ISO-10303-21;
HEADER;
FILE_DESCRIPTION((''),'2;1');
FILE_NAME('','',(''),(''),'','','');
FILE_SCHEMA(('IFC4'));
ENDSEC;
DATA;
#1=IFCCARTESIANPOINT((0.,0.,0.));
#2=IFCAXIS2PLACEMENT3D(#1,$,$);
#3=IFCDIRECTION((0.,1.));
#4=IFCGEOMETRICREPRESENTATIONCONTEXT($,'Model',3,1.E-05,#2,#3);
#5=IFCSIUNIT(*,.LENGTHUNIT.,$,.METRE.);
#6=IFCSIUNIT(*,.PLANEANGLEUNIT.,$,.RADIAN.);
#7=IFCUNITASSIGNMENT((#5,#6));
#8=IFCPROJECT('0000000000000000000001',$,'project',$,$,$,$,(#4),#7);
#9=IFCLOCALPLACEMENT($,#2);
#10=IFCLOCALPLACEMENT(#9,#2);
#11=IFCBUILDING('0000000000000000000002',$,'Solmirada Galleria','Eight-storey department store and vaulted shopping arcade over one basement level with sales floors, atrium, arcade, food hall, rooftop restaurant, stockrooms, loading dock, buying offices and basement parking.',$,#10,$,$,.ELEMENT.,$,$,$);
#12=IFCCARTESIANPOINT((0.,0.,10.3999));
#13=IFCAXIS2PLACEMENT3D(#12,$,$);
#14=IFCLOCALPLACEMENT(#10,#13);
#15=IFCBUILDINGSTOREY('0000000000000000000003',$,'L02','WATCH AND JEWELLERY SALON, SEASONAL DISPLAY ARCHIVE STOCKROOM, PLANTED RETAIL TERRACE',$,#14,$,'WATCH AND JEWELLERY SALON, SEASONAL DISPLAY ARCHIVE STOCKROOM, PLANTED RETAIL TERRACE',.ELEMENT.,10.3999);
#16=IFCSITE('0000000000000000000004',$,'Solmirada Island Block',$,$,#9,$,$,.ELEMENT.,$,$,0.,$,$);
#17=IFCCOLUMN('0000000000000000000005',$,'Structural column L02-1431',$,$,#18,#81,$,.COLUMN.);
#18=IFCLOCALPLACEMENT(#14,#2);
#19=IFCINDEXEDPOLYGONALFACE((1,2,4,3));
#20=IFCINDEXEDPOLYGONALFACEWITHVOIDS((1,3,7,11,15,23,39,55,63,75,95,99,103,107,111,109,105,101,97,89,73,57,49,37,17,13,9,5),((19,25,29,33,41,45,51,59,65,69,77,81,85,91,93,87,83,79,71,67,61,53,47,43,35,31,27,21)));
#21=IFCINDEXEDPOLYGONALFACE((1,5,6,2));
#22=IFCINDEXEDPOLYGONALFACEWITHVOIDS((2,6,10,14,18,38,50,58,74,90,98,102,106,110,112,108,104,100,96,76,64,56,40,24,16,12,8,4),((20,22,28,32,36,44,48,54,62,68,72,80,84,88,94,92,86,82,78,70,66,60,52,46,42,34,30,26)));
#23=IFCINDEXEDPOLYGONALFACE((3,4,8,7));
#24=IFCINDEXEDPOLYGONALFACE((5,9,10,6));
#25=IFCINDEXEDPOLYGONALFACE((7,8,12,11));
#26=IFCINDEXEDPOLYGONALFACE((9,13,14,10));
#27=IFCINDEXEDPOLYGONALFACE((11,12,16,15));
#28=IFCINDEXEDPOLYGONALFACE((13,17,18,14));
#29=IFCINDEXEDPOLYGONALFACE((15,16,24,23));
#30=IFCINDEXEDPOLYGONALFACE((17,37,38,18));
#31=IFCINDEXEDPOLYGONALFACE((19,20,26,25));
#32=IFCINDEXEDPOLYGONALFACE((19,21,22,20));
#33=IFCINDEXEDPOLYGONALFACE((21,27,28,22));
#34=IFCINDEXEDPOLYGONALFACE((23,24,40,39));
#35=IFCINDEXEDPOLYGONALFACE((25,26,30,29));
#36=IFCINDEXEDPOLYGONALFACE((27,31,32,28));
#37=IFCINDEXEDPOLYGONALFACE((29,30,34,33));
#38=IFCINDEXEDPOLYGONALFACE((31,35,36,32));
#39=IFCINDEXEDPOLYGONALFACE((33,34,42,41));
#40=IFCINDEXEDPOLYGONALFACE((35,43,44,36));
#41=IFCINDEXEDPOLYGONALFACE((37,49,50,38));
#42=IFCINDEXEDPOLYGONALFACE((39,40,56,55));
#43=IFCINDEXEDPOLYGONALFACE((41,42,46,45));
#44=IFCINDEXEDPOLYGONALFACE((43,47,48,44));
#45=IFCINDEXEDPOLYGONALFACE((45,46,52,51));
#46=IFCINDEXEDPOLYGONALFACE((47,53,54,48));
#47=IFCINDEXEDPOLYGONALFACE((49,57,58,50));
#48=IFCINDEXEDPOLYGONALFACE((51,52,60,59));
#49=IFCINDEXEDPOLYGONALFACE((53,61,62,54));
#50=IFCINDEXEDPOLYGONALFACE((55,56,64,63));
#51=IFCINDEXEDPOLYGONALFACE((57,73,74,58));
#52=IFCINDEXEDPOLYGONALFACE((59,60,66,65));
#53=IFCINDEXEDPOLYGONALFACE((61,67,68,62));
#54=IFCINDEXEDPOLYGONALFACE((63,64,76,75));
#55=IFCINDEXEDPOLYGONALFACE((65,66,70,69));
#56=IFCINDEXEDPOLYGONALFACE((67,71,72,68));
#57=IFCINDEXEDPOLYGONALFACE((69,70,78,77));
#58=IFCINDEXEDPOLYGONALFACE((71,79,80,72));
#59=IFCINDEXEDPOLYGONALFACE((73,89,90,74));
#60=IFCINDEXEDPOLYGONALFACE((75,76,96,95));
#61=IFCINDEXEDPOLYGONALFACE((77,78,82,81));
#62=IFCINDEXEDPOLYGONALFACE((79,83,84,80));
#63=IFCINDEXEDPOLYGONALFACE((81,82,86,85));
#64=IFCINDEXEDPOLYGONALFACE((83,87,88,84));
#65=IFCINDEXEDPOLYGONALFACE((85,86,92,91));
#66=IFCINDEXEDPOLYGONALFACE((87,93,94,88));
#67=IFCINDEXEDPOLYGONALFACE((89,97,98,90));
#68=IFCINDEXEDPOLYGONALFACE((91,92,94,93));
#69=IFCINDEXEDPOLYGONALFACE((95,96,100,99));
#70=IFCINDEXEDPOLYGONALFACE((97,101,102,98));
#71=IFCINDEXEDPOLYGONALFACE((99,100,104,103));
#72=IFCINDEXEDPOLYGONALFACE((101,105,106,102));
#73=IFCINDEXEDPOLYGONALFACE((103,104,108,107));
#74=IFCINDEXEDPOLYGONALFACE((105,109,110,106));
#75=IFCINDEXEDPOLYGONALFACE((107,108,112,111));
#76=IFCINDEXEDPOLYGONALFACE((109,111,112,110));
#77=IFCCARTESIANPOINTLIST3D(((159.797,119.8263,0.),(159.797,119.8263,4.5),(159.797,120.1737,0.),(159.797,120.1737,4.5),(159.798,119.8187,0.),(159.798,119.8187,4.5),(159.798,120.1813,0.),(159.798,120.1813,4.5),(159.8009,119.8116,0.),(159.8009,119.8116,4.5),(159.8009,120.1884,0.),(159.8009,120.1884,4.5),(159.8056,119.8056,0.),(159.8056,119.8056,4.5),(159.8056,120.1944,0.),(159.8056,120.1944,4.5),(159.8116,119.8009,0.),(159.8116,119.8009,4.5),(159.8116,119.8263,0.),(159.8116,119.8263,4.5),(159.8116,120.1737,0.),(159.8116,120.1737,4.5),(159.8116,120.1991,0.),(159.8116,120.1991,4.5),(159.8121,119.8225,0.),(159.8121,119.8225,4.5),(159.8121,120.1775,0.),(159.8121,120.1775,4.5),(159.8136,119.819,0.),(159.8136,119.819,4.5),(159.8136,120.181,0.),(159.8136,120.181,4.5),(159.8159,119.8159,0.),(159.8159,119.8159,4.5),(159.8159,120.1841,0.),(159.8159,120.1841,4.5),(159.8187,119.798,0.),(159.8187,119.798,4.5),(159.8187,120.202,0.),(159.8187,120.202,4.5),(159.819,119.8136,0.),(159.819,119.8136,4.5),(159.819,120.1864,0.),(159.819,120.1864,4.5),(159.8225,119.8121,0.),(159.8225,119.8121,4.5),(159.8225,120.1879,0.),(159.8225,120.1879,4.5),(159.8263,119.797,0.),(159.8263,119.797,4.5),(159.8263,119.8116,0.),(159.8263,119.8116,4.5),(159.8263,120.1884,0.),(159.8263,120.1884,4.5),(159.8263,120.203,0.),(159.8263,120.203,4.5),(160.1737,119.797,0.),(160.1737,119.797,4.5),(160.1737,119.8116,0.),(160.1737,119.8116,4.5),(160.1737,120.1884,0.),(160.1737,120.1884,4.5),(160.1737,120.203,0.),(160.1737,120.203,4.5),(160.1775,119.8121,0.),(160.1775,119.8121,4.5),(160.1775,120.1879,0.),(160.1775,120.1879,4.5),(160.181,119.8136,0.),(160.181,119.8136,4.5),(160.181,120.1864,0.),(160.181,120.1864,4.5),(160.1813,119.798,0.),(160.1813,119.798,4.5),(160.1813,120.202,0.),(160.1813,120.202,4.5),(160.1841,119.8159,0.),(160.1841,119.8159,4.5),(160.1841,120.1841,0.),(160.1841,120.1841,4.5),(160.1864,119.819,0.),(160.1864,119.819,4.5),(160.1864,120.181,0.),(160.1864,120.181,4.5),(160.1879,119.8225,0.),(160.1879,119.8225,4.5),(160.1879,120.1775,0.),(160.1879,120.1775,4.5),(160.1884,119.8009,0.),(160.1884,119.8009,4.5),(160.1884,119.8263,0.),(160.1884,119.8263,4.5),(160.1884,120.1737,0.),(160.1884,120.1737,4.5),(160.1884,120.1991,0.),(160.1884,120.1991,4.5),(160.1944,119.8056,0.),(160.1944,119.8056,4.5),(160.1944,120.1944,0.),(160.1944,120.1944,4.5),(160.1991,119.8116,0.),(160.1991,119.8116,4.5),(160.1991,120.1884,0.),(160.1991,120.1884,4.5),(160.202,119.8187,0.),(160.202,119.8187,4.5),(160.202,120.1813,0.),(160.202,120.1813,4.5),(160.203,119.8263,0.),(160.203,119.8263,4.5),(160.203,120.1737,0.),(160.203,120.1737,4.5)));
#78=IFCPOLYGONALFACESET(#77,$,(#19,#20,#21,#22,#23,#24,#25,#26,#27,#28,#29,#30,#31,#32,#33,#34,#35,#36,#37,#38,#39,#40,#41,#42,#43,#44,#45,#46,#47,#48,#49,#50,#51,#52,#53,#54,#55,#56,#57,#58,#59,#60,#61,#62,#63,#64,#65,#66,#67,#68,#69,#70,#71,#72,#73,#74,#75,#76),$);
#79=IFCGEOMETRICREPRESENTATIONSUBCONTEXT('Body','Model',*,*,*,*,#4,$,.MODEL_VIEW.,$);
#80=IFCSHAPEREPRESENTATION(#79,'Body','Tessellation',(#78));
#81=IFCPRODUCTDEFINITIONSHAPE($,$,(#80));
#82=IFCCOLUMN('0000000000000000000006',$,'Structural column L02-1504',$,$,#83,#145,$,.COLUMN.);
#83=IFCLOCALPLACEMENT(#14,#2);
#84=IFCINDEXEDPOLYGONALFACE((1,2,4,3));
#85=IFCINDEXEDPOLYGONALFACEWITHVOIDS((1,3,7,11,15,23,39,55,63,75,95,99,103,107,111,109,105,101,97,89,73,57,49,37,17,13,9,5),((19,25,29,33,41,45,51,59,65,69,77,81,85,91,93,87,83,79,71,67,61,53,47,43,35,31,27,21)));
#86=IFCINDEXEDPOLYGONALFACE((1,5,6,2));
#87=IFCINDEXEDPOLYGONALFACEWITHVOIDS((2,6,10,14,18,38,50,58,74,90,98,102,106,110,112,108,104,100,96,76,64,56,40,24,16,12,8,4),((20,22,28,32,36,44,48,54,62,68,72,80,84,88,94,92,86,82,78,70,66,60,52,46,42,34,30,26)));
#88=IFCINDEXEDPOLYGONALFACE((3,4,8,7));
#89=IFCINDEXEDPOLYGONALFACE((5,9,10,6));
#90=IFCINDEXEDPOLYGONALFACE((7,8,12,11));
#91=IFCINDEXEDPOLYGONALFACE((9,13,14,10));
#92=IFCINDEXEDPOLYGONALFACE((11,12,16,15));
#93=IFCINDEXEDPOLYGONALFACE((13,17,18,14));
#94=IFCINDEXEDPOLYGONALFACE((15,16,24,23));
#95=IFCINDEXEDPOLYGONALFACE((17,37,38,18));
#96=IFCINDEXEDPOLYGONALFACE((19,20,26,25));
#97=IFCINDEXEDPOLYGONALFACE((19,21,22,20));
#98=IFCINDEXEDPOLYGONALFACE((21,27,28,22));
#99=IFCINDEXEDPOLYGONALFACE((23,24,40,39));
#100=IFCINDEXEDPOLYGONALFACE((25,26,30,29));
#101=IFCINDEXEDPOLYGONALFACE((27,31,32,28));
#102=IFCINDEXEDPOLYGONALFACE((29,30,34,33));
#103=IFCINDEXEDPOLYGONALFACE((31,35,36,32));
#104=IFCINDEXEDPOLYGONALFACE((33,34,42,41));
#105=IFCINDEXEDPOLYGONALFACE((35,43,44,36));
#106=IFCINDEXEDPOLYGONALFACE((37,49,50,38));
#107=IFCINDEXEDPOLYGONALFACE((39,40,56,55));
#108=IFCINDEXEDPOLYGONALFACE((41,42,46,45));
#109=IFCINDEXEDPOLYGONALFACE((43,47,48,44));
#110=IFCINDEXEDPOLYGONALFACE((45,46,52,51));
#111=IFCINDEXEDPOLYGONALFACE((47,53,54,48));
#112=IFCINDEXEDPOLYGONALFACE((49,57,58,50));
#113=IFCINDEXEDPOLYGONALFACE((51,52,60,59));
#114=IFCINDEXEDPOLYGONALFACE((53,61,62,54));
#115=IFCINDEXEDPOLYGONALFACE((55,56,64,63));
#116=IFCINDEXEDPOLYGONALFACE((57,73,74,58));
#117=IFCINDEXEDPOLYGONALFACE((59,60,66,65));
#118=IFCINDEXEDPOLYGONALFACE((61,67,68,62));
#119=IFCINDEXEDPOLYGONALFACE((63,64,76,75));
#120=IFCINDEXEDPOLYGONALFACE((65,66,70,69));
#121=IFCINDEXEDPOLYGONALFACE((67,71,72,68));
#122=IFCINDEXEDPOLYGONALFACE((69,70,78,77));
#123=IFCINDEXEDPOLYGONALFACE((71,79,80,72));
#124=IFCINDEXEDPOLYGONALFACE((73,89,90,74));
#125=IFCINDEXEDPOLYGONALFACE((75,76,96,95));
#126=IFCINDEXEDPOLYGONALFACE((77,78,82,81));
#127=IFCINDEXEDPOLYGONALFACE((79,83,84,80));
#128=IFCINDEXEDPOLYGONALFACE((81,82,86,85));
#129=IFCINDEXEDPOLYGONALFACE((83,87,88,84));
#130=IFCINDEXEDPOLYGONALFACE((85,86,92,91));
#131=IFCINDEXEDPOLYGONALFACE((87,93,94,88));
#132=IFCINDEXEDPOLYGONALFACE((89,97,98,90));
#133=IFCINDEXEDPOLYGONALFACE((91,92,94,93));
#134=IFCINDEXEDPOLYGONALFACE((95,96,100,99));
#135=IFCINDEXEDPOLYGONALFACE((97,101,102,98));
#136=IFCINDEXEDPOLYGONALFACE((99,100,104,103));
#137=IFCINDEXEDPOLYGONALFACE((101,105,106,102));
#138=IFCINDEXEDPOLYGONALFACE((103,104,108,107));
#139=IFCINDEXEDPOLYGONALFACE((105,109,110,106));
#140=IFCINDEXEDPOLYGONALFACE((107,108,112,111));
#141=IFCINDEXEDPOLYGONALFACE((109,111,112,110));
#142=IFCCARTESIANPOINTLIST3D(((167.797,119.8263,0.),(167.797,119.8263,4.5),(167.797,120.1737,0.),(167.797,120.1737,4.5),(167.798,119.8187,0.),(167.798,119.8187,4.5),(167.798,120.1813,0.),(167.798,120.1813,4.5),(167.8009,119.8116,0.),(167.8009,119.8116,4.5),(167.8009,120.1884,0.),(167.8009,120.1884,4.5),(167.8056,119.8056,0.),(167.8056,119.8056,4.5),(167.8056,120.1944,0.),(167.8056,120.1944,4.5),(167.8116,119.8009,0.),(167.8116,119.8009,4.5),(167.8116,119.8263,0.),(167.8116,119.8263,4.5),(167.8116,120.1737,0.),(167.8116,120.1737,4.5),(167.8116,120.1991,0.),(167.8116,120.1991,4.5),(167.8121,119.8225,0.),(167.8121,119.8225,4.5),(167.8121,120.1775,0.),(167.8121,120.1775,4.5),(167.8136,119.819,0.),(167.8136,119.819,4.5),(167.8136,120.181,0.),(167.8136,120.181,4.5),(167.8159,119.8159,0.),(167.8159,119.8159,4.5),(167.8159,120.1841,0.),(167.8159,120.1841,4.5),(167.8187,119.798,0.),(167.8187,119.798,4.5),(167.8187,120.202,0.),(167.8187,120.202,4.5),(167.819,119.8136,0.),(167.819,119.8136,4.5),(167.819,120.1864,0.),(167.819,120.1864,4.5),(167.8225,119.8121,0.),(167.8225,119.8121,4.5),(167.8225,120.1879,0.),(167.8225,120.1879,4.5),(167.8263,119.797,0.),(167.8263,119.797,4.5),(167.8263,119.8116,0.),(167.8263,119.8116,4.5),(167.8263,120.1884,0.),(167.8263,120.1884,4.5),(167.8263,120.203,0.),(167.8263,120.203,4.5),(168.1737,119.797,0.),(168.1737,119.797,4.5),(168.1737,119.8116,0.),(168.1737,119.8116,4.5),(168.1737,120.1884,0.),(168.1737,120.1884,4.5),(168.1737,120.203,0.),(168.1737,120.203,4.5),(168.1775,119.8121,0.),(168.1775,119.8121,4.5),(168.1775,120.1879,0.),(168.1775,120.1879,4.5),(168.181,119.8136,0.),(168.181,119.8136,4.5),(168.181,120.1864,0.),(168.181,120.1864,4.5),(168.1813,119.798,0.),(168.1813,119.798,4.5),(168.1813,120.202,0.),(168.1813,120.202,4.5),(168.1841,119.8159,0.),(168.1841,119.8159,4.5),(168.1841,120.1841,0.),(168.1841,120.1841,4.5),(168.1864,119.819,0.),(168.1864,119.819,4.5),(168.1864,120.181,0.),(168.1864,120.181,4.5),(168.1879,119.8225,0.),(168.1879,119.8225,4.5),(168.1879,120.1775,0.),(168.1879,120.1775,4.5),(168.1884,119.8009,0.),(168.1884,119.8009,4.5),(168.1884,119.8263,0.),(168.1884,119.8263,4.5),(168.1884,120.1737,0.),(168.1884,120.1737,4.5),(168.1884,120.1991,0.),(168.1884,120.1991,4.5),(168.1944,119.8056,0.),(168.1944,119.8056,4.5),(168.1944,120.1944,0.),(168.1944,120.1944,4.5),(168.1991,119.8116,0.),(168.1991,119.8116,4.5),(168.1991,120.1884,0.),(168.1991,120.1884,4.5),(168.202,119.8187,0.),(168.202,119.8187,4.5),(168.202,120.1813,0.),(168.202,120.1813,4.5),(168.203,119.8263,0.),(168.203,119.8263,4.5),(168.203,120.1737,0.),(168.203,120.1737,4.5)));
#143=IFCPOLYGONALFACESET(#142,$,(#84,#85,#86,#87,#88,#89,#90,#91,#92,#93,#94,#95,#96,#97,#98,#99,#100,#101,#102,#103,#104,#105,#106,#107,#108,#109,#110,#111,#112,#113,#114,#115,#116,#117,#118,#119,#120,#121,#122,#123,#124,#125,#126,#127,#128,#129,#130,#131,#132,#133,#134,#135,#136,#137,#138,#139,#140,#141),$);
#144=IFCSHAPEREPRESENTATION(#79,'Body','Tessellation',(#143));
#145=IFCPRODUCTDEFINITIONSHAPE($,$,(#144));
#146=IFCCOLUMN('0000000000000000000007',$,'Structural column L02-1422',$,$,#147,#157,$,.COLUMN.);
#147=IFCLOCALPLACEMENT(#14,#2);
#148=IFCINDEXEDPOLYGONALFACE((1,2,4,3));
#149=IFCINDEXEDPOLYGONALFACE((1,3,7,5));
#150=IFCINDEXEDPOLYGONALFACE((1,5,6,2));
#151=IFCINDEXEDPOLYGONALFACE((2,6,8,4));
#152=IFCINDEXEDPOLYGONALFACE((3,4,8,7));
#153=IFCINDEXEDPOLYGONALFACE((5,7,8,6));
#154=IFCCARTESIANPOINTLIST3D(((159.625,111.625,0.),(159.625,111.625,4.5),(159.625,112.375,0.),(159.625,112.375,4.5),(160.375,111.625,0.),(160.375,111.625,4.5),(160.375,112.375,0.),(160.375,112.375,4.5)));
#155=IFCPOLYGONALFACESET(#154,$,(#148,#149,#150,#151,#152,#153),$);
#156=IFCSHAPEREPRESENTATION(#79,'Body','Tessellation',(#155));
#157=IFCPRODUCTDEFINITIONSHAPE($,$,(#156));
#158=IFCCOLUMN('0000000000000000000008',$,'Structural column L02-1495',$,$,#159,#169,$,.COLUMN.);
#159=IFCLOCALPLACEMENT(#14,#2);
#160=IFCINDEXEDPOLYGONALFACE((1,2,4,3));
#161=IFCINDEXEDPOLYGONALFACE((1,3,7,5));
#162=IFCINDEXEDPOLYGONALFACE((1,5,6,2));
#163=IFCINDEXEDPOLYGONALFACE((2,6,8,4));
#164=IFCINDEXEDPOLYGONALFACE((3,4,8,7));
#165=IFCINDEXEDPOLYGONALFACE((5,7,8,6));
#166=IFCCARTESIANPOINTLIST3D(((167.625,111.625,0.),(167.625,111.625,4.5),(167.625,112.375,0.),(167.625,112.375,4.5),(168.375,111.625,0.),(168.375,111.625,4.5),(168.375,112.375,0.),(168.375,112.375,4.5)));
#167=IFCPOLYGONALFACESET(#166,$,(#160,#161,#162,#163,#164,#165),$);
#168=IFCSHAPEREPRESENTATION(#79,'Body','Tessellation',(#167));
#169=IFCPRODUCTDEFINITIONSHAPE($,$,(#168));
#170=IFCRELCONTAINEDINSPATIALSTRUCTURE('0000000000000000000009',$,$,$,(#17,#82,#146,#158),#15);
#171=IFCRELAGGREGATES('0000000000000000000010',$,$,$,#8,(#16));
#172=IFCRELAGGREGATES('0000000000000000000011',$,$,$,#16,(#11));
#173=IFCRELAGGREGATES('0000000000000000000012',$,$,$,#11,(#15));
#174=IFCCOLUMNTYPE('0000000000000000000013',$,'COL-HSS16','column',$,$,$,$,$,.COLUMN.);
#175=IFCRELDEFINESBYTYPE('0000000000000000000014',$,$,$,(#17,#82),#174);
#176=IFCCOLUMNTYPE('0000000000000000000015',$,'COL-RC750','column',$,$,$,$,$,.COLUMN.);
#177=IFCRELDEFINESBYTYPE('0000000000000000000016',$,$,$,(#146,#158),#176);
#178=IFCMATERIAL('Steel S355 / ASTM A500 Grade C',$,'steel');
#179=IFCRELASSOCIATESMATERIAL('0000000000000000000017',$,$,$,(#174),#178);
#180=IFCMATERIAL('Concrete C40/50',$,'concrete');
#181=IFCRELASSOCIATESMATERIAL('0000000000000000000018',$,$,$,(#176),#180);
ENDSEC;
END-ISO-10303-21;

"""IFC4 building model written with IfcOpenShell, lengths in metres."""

from ifc_helpers import new_model, si_unit, direction, frame, origin, origin_2d, place, context, subcontext, project, spatial, rectangle, hollow_rectangle, extrude, material, material_profile, profile_set, type_object, element, save


model = new_model("IFC4")

# Units and contexts
model_context = context("Model", 3, precision=1e-05, world=origin(), true_north=direction((0.0, 1.0)))
body_context = subcontext(model_context, "Body", "Model", "MODEL_VIEW")
ifc_project = project(units=[si_unit("LENGTHUNIT", "METRE"), si_unit("PLANEANGLEUNIT", "RADIAN")], contexts=[model_context])

# Site, building, storey
site_placement = place(None, origin())
site = spatial("IfcSite", under=ifc_project, at=site_placement, Name="Solmirada Island Block", CompositionType="ELEMENT", RefElevation=0.0)
building_placement = place(site_placement, origin())
building = spatial("IfcBuilding", under=site, at=building_placement, Name="Solmirada Galleria", Description="Eight-storey department store and vaulted shopping arcade over one basement level with sales floors, atrium, arcade, food hall, rooftop restaurant, stockrooms, loading dock, buying offices and basement parking.", CompositionType="ELEMENT")
storey_placement = place(building_placement, frame((0.0, 0.0, 10.3999)))
storey = spatial("IfcBuildingStorey", under=building, at=storey_placement, Name="L02", Description="WATCH AND JEWELLERY SALON, SEASONAL DISPLAY ARCHIVE STOCKROOM, PLANTED RETAIL TERRACE", LongName="WATCH AND JEWELLERY SALON, SEASONAL DISPLAY ARCHIVE STOCKROOM, PLANTED RETAIL TERRACE", CompositionType="ELEMENT", Elevation=10.3999)

# Columns
ifc_material_1 = material(Name="Steel S355 / ASTM A500 Grade C", Category="steel")
ifc_material_profile_1 = material_profile(ifc_material_1, hollow_rectangle(XDim=0.406, YDim=0.406, WallThickness=0.0146, InnerFilletRadius=0.0146, OuterFilletRadius=0.0293, at=origin_2d()), Name="HSS16X16X5/8")
ifc_profile_set_1 = profile_set([ifc_material_profile_1], Name="Steel S355 / ASTM A500 Grade C")
column_type_1 = type_object("IfcColumnType", Name="COL-HSS16", Description="column", PredefinedType="COLUMN", material=ifc_profile_set_1)
for number, where, z_axis, x_axis, name in (
    (1, (160.0, 120.0, 0.0), (0.0, 0.0, 1.0), (1.0, 0.0, 0.0), "Structural column L02-1431"),
    (2, (168.0, 120.0, 0.0), (0.0, 0.0, 1.0), (1.0, 0.0, 0.0), "Structural column L02-1504"),
):
    element("IfcColumn", number, at=place(storey_placement, frame(where, z_axis=z_axis, x_axis=x_axis)), inside=storey, type_object=column_type_1, Name=name, PredefinedType="COLUMN", context=body_context, shape_type="SweptSolid", body=[
        extrude(hollow_rectangle(XDim=0.406, YDim=0.406, WallThickness=0.0146, InnerFilletRadius=0.0146, OuterFilletRadius=0.0293, at=origin_2d()), origin(), (0.0, 0.0, 1.0), 4.5),
    ])
ifc_material_2 = material(Name="Concrete C40/50", Category="concrete")
ifc_material_profile_2 = material_profile(ifc_material_2, rectangle(XDim=0.75, YDim=0.75, at=origin_2d()), Name="RC750X750")
ifc_profile_set_2 = profile_set([ifc_material_profile_2], Name="Concrete C40/50")
column_type_2 = type_object("IfcColumnType", Name="COL-RC750", Description="column", PredefinedType="COLUMN", material=ifc_profile_set_2)
for number, where, z_axis, x_axis, name in (
    (3, (160.0, 112.0, 0.0), (0.0, 0.0, 1.0), (1.0, 0.0, 0.0), "Structural column L02-1422"),
    (4, (168.0, 112.0, 0.0), (0.0, 0.0, 1.0), (1.0, 0.0, 0.0), "Structural column L02-1495"),
):
    element("IfcColumn", number, at=place(storey_placement, frame(where, z_axis=z_axis, x_axis=x_axis)), inside=storey, type_object=column_type_2, Name=name, PredefinedType="COLUMN", context=body_context, shape_type="SweptSolid", body=[
        extrude(rectangle(XDim=0.75, YDim=0.75, at=origin_2d()), origin(), (0.0, 0.0, 1.0), 4.5),
    ])

save(model, "model.ifc")
